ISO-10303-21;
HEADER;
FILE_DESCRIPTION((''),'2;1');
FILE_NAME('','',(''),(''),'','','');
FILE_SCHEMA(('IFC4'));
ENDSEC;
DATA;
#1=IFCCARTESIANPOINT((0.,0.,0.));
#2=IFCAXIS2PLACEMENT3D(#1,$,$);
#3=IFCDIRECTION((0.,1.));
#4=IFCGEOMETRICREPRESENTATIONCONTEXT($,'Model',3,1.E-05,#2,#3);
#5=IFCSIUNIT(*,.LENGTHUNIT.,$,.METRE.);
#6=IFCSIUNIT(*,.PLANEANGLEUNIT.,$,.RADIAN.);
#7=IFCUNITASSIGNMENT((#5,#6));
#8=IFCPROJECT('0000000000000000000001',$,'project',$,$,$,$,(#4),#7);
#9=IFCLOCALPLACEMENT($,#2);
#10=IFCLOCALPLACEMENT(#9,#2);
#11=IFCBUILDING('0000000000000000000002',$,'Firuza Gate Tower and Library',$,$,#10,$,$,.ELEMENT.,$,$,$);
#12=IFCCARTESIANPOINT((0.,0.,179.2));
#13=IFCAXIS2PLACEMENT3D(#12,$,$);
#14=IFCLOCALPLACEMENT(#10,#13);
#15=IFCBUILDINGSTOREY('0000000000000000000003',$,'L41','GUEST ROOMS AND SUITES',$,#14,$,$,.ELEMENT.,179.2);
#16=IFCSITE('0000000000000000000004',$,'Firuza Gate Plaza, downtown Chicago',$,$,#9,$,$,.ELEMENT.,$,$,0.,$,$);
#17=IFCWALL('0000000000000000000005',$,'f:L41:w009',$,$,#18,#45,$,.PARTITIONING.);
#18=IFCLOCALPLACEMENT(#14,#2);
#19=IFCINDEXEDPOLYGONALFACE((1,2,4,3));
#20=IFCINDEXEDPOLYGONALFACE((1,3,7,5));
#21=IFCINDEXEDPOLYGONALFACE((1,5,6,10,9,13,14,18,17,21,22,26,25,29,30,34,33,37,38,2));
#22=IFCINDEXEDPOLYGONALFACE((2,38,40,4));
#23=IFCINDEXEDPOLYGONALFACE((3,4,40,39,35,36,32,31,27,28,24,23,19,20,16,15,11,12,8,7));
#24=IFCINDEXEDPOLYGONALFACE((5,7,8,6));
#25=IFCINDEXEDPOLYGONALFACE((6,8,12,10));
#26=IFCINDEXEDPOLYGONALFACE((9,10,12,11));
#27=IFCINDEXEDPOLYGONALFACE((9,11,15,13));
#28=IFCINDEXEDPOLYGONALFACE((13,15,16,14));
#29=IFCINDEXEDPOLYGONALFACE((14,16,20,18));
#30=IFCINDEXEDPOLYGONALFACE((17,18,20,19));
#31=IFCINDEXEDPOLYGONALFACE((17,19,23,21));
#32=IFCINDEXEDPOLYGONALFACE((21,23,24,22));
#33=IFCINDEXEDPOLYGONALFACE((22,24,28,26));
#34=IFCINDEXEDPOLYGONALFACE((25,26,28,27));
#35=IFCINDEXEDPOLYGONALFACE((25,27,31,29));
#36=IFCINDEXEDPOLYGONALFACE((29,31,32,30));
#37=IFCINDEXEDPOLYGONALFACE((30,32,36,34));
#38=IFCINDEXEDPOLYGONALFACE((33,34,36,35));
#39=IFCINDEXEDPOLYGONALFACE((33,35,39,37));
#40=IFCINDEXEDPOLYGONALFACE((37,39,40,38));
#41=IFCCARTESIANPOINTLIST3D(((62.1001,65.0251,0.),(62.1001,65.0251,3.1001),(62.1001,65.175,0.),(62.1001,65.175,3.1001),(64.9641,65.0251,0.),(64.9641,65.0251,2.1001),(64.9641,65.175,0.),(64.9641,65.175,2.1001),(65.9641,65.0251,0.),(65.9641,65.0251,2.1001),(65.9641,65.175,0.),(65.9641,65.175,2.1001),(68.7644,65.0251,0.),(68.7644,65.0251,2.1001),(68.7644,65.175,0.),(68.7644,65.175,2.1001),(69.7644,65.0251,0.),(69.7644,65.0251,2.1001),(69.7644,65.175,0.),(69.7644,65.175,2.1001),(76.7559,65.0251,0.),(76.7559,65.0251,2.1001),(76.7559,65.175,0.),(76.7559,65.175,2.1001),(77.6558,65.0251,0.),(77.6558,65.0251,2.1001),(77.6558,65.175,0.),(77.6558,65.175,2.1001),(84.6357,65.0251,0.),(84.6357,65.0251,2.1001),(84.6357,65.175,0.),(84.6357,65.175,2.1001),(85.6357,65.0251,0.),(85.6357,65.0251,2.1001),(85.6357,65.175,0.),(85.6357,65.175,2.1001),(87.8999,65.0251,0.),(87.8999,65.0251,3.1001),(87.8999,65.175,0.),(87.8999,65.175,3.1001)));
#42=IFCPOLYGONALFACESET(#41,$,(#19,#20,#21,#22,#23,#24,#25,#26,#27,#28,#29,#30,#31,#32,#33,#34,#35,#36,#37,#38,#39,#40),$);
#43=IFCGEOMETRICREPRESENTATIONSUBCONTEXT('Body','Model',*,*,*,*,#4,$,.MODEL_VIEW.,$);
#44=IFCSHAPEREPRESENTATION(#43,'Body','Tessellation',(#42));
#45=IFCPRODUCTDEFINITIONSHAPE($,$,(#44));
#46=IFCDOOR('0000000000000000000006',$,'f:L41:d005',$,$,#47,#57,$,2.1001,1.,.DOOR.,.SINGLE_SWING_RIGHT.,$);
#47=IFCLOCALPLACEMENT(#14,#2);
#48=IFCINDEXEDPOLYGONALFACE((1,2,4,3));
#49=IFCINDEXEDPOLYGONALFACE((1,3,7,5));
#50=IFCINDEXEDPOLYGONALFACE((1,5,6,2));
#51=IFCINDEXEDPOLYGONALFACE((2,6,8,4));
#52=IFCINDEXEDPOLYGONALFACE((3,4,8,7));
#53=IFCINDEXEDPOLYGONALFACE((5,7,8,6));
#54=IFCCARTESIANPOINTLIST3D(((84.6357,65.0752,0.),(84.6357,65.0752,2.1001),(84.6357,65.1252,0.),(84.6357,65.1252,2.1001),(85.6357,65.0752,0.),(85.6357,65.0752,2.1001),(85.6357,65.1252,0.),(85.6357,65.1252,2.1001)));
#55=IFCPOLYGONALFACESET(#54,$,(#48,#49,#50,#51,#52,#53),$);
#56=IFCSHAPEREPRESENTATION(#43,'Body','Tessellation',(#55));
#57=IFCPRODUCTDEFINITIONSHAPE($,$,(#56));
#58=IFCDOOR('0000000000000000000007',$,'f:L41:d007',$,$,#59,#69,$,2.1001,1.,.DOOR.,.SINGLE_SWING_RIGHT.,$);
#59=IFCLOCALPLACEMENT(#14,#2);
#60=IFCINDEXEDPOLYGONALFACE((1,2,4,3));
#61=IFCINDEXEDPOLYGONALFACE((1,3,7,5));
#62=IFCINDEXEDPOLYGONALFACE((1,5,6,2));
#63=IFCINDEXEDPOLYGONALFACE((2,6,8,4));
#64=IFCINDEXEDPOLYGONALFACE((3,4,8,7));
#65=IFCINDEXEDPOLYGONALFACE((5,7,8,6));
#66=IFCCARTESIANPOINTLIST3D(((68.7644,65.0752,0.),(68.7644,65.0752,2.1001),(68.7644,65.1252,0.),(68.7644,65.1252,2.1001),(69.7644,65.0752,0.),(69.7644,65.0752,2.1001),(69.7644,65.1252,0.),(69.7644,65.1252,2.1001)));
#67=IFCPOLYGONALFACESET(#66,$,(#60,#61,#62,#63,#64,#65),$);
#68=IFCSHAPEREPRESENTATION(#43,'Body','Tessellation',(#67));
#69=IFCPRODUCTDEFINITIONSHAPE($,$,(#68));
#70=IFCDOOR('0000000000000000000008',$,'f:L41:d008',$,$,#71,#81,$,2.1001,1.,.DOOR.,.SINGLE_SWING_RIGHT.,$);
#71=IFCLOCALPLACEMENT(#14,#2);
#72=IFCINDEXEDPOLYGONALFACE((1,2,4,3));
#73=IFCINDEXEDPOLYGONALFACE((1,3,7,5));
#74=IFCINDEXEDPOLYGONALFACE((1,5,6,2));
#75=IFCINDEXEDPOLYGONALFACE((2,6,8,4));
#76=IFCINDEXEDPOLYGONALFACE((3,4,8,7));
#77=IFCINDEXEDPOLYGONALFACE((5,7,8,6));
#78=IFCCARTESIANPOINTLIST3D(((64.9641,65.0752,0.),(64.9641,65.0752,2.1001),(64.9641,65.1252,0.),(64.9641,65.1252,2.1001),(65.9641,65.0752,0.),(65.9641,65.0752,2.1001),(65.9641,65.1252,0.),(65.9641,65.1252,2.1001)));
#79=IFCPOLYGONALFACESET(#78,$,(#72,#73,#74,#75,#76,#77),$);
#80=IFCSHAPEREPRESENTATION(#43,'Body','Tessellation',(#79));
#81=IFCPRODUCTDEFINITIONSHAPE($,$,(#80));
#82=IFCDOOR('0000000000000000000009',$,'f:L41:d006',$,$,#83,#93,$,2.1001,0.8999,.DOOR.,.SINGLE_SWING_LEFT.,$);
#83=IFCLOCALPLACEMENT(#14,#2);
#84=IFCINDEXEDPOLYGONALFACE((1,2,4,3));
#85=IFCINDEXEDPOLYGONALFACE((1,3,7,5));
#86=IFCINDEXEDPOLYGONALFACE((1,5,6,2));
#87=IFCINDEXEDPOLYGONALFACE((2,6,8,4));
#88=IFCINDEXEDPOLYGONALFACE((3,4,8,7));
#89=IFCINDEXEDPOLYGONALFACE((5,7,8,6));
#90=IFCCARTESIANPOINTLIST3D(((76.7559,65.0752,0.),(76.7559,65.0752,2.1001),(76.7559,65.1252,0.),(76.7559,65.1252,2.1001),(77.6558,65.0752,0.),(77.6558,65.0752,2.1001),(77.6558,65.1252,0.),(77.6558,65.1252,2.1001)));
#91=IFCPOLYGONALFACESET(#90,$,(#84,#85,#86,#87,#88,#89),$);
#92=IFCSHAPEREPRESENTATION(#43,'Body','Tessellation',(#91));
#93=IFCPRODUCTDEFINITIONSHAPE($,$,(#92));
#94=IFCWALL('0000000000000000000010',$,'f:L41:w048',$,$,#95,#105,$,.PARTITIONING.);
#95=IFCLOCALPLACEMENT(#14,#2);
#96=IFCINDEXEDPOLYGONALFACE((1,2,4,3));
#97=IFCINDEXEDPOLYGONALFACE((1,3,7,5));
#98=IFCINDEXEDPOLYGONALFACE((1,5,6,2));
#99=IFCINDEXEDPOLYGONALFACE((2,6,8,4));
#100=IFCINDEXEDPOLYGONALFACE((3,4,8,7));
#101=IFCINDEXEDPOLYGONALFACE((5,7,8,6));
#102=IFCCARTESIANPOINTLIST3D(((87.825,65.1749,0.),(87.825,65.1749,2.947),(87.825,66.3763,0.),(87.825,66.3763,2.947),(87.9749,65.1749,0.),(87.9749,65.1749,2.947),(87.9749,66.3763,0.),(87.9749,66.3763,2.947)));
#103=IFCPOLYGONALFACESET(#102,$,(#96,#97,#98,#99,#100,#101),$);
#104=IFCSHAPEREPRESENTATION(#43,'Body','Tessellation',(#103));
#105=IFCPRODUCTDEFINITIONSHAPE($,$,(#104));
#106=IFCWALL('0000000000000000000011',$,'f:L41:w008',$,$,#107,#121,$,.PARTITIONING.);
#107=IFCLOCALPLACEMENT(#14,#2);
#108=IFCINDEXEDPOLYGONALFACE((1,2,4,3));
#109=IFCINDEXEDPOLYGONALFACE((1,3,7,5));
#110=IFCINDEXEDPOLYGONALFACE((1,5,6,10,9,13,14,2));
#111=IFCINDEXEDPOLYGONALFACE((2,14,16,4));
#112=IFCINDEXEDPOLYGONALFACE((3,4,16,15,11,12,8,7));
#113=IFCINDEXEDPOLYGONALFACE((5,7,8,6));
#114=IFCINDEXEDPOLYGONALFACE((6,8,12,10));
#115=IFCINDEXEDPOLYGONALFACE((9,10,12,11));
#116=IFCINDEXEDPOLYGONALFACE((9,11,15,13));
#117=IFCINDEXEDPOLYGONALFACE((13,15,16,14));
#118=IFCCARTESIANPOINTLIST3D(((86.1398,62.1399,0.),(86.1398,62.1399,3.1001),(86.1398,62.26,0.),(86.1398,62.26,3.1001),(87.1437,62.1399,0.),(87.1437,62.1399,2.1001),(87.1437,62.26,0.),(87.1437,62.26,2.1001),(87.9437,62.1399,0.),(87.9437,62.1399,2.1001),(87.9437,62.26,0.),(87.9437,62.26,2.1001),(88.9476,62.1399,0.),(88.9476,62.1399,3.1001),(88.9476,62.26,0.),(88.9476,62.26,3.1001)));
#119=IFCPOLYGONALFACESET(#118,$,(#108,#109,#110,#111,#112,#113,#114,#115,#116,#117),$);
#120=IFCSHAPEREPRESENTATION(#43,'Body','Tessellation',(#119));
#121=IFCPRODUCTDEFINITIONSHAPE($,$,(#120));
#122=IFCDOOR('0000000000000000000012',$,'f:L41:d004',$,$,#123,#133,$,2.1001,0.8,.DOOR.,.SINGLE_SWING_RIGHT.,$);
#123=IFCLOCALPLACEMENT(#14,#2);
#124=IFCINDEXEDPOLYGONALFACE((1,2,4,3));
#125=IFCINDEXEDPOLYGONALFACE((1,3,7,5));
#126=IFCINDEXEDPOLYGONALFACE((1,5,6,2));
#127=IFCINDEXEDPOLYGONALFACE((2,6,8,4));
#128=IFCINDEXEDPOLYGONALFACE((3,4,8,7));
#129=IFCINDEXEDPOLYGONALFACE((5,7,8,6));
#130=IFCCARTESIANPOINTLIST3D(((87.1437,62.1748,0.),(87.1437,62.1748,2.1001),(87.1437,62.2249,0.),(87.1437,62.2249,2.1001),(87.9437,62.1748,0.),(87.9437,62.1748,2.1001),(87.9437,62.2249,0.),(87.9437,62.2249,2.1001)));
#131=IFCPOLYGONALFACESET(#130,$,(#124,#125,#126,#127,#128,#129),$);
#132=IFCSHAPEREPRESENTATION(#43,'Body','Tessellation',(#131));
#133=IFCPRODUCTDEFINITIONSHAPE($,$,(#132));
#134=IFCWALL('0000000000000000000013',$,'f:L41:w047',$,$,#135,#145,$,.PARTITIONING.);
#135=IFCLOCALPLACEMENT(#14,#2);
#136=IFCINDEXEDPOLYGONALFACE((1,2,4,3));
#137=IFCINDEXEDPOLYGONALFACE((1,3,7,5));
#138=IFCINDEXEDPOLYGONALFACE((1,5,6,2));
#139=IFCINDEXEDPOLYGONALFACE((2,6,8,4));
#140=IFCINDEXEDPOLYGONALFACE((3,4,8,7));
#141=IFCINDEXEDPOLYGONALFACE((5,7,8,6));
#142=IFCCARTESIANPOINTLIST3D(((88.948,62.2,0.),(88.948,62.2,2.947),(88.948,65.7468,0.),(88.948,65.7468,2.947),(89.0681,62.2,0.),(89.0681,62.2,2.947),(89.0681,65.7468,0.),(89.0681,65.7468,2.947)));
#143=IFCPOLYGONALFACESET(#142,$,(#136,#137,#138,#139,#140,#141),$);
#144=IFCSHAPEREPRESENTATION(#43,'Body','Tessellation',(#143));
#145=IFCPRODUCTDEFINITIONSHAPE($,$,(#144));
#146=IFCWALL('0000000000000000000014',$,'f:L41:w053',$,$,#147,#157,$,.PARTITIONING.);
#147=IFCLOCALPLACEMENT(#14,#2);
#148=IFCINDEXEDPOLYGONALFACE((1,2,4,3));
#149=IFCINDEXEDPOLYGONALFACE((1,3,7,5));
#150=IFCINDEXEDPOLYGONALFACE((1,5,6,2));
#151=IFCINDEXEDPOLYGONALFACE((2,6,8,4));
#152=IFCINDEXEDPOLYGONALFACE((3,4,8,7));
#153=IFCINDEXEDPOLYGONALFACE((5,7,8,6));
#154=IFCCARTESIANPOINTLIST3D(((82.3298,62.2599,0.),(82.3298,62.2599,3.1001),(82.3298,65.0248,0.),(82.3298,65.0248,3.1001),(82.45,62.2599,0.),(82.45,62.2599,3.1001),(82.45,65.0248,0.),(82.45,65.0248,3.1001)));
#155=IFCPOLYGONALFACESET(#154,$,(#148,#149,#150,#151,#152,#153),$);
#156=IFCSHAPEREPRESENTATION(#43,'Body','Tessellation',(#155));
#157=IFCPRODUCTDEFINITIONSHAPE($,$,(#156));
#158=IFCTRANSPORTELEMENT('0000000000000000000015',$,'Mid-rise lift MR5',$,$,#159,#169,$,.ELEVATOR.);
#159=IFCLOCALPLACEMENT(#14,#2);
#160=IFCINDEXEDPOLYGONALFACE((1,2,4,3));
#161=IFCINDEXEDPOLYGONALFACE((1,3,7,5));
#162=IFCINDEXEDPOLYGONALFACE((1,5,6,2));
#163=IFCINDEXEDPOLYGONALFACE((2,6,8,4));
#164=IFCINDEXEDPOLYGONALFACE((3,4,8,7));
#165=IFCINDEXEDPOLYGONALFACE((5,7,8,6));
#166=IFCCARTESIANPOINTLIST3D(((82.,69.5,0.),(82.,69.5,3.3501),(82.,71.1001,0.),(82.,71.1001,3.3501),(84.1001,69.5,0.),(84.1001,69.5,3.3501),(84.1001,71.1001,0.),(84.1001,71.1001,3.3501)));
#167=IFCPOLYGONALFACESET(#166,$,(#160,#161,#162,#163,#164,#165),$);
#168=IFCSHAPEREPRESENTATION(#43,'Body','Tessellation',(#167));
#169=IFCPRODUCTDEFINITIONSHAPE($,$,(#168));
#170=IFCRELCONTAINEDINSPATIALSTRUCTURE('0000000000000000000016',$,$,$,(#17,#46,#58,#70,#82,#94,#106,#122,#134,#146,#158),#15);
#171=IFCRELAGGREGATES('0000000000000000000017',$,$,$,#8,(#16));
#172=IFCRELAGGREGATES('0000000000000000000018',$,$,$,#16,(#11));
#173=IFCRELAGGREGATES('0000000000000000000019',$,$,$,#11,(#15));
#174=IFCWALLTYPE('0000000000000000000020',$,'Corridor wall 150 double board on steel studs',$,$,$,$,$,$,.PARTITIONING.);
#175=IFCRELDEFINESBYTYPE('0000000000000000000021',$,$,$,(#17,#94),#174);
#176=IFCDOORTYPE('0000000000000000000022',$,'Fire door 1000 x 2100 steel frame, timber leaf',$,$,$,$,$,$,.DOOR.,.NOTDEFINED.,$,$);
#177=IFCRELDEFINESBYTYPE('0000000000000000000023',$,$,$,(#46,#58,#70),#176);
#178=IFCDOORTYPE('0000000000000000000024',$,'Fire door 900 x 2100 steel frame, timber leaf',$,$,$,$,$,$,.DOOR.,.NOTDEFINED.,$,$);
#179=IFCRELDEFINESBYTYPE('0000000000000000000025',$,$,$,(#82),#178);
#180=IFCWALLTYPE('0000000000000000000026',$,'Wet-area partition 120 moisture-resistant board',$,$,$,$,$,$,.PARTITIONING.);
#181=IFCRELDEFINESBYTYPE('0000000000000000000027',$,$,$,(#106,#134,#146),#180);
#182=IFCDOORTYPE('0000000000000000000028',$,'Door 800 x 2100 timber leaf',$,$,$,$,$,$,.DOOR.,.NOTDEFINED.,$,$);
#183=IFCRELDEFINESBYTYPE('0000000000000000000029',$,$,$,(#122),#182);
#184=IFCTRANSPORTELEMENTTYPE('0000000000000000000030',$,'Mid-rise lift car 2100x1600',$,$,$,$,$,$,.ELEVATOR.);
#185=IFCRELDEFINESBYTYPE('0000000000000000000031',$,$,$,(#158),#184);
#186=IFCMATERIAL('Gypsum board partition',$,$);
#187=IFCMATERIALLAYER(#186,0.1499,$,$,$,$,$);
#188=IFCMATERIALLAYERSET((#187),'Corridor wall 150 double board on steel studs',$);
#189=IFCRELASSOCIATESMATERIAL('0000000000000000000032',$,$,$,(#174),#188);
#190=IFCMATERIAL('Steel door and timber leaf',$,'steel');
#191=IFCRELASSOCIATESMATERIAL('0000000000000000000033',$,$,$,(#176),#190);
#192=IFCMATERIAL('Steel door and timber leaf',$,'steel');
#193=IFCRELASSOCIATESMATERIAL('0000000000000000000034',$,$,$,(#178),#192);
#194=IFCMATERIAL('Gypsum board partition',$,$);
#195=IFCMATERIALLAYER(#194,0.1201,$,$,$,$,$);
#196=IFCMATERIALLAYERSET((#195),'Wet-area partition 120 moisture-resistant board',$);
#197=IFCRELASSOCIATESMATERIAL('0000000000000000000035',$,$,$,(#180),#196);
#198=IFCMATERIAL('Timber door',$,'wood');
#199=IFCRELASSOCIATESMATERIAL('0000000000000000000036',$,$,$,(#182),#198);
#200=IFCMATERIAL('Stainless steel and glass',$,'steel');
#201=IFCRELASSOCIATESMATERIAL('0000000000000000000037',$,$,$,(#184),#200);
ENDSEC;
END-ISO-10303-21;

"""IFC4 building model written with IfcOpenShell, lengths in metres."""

from ifc_helpers import new_model, si_unit, direction, frame, frame_2d, origin, origin_2d, place, context, subcontext, project, spatial, rectangle, extrude, material, layer, layer_set, type_object, element, fill, save


model = new_model("IFC4")

# Units and contexts
model_context = context("Model", 3, precision=1e-05, world=origin(), true_north=direction((0.0, 1.0)))
body_context = subcontext(model_context, "Body", "Model", "MODEL_VIEW")
ifc_project = project(units=[si_unit("LENGTHUNIT", "METRE"), si_unit("PLANEANGLEUNIT", "RADIAN")], contexts=[model_context])

# Site, building, storey
site_placement = place(None, origin())
site = spatial("IfcSite", under=ifc_project, at=site_placement, Name="Firuza Gate Plaza, downtown Chicago", CompositionType="ELEMENT", RefElevation=0.0)
building_placement = place(site_placement, origin())
building = spatial("IfcBuilding", under=site, at=building_placement, Name="Firuza Gate Tower and Library", CompositionType="ELEMENT")
storey_placement = place(building_placement, frame((0.0, 0.0, 179.2)))
storey = spatial("IfcBuildingStorey", under=building, at=storey_placement, Name="L41", Description="GUEST ROOMS AND SUITES", CompositionType="ELEMENT", Elevation=179.2)

# Wall, openings, doors
ifc_material_1 = material(Name="Gypsum board partition")
ifc_layer_1 = layer(ifc_material_1, 0.1499)
ifc_layer_set_1 = layer_set([ifc_layer_1], Name="Corridor wall 150 double board on steel studs")
wall_type_1 = type_object("IfcWallType", Name="Corridor wall 150 double board on steel studs", PredefinedType="PARTITIONING", material=ifc_layer_set_1)
wall_1_placement = place(storey_placement, frame((87.8999, 65.1001, 0.0), z_axis=(0.0, 0.0, 1.0), x_axis=(-1.0, 0.0, 0.0)))
wall_1 = element("IfcWall", 1, at=wall_1_placement, inside=storey, type_object=wall_type_1, Name="f:L41:w009", PredefinedType="PARTITIONING", context=body_context, shape_type="SweptSolid", body=[
    extrude(rectangle(XDim=25.7998, YDim=0.1499, at=frame_2d((12.8999, 0.0))), origin(), (0.0, 0.0, 1.0), 3.1001),
])
opening_1_placement = place(wall_1_placement, frame((2.2642, 0.0, 0.0)))
opening_1 = element("IfcOpeningElement", 2, at=opening_1_placement, cuts=wall_1, PredefinedType="OPENING", context=body_context, shape_type="SweptSolid", body=[
    extrude(rectangle(XDim=1.0, YDim=2.1001, at=frame_2d((0.5, 1.05))), frame((0.0, 0.085, 0.0), z_axis=(0.0, -1.0, 0.0), x_axis=(1.0, 0.0, 0.0)), (0.0, 0.0, 1.0), 0.1699),
])
opening_2_placement = place(wall_1_placement, frame((10.2441, 0.0, 0.0)))
opening_2 = element("IfcOpeningElement", 3, at=opening_2_placement, cuts=wall_1, PredefinedType="OPENING", context=body_context, shape_type="SweptSolid", body=[
    extrude(rectangle(XDim=0.8999, YDim=2.1001, at=frame_2d((0.45, 1.05))), frame((0.0, 0.085, 0.0), z_axis=(0.0, -1.0, 0.0), x_axis=(1.0, 0.0, 0.0)), (0.0, 0.0, 1.0), 0.1699),
])
opening_3_placement = place(wall_1_placement, frame((18.1355, 0.0, 0.0)))
opening_3 = element("IfcOpeningElement", 4, at=opening_3_placement, cuts=wall_1, PredefinedType="OPENING", context=body_context, shape_type="SweptSolid", body=[
    extrude(rectangle(XDim=1.0, YDim=2.1001, at=frame_2d((0.5, 1.05))), frame((0.0, 0.085, 0.0), z_axis=(0.0, -1.0, 0.0), x_axis=(1.0, 0.0, 0.0)), (0.0, 0.0, 1.0), 0.1699),
])
opening_4_placement = place(wall_1_placement, frame((21.9358, 0.0, 0.0)))
opening_4 = element("IfcOpeningElement", 5, at=opening_4_placement, cuts=wall_1, PredefinedType="OPENING", context=body_context, shape_type="SweptSolid", body=[
    extrude(rectangle(XDim=1.0, YDim=2.1001, at=frame_2d((0.5, 1.05))), frame((0.0, 0.085, 0.0), z_axis=(0.0, -1.0, 0.0), x_axis=(1.0, 0.0, 0.0)), (0.0, 0.0, 1.0), 0.1699),
])
ifc_material_2 = material(Name="Steel door and timber leaf", Category="steel")
door_type_1 = type_object("IfcDoorType", Name="Fire door 1000 x 2100 steel frame, timber leaf", OperationType="NOTDEFINED", PredefinedType="DOOR", material=ifc_material_2)
door_1_placement = place(opening_1_placement, origin())
door_1 = element("IfcDoor", 6, at=door_1_placement, inside=storey, type_object=door_type_1, Name="f:L41:d005", OperationType="SINGLE_SWING_RIGHT", OverallHeight=2.1001, OverallWidth=1.0, PredefinedType="DOOR", context=body_context, shape_type="SweptSolid", body=[
    extrude(rectangle(XDim=1.0, YDim=2.1001, at=frame_2d((0.5, 1.05))), frame((0.0, 0.0249, 0.0), z_axis=(0.0, -1.0, 0.0), x_axis=(1.0, 0.0, 0.0)), (0.0, 0.0, 1.0), 0.05),
])
fill(opening_1, door_1)
door_2_placement = place(opening_3_placement, origin())
door_2 = element("IfcDoor", 7, at=door_2_placement, inside=storey, type_object=door_type_1, Name="f:L41:d007", OperationType="SINGLE_SWING_RIGHT", OverallHeight=2.1001, OverallWidth=1.0, PredefinedType="DOOR", context=body_context, shape_type="SweptSolid", body=[
    extrude(rectangle(XDim=1.0, YDim=2.1001, at=frame_2d((0.5, 1.05))), frame((0.0, 0.0249, 0.0), z_axis=(0.0, -1.0, 0.0), x_axis=(1.0, 0.0, 0.0)), (0.0, 0.0, 1.0), 0.05),
])
fill(opening_3, door_2)
door_3_placement = place(opening_4_placement, origin())
door_3 = element("IfcDoor", 8, at=door_3_placement, inside=storey, type_object=door_type_1, Name="f:L41:d008", OperationType="SINGLE_SWING_RIGHT", OverallHeight=2.1001, OverallWidth=1.0, PredefinedType="DOOR", context=body_context, shape_type="SweptSolid", body=[
    extrude(rectangle(XDim=1.0, YDim=2.1001, at=frame_2d((0.5, 1.05))), frame((0.0, 0.0249, 0.0), z_axis=(0.0, -1.0, 0.0), x_axis=(1.0, 0.0, 0.0)), (0.0, 0.0, 1.0), 0.05),
])
fill(opening_4, door_3)
ifc_material_3 = material(Name="Steel door and timber leaf", Category="steel")
door_type_2 = type_object("IfcDoorType", Name="Fire door 900 x 2100 steel frame, timber leaf", OperationType="NOTDEFINED", PredefinedType="DOOR", material=ifc_material_3)
door_4_placement = place(opening_2_placement, origin())
door_4 = element("IfcDoor", 9, at=door_4_placement, inside=storey, type_object=door_type_2, Name="f:L41:d006", OperationType="SINGLE_SWING_LEFT", OverallHeight=2.1001, OverallWidth=0.8999, PredefinedType="DOOR", context=body_context, shape_type="SweptSolid", body=[
    extrude(rectangle(XDim=0.8999, YDim=2.1001, at=frame_2d((0.45, 1.05))), frame((0.0, 0.0249, 0.0), z_axis=(0.0, -1.0, 0.0), x_axis=(1.0, 0.0, 0.0)), (0.0, 0.0, 1.0), 0.05),
])
fill(opening_2, door_4)

# Wall
wall_2_placement = place(storey_placement, frame((87.8999, 65.175, 0.0), z_axis=(0.0, 0.0, 1.0), x_axis=(0.0, 1.0, 0.0)))
element("IfcWall", 10, at=wall_2_placement, inside=storey, type_object=wall_type_1, Name="f:L41:w048", PredefinedType="PARTITIONING", context=body_context, shape_type="SweptSolid", body=[
    extrude(rectangle(XDim=1.2014, YDim=0.1499, at=frame_2d((0.6006, 0.0))), origin(), (0.0, 0.0, 1.0), 2.947),
])

# Wall, opening, door
ifc_material_4 = material(Name="Gypsum board partition")
ifc_layer_2 = layer(ifc_material_4, 0.1201)
ifc_layer_set_2 = layer_set([ifc_layer_2], Name="Wet-area partition 120 moisture-resistant board")
wall_type_2 = type_object("IfcWallType", Name="Wet-area partition 120 moisture-resistant board", PredefinedType="PARTITIONING", material=ifc_layer_set_2)
wall_3_placement = place(storey_placement, frame((86.1399, 62.2, 0.0), z_axis=(0.0, 0.0, 1.0), x_axis=(1.0, 0.0, 0.0)))
wall_3 = element("IfcWall", 11, at=wall_3_placement, inside=storey, type_object=wall_type_2, Name="f:L41:w008", PredefinedType="PARTITIONING", context=body_context, shape_type="SweptSolid", body=[
    extrude(rectangle(XDim=2.8079, YDim=0.1201, at=frame_2d((1.4038, 0.0))), origin(), (0.0, 0.0, 1.0), 3.1001),
])
opening_5_placement = place(wall_3_placement, frame((1.0039, 0.0, 0.0)))
opening_5 = element("IfcOpeningElement", 12, at=opening_5_placement, cuts=wall_3, PredefinedType="OPENING", context=body_context, shape_type="SweptSolid", body=[
    extrude(rectangle(XDim=0.8, YDim=2.1001, at=frame_2d((0.3999, 1.05))), frame((0.0, 0.0701, 0.0), z_axis=(0.0, -1.0, 0.0), x_axis=(1.0, 0.0, 0.0)), (0.0, 0.0, 1.0), 0.1401),
])
ifc_material_5 = material(Name="Timber door", Category="wood")
door_type_3 = type_object("IfcDoorType", Name="Door 800 x 2100 timber leaf", OperationType="NOTDEFINED", PredefinedType="DOOR", material=ifc_material_5)
door_5_placement = place(opening_5_placement, origin())
door_5 = element("IfcDoor", 13, at=door_5_placement, inside=storey, type_object=door_type_3, Name="f:L41:d004", OperationType="SINGLE_SWING_RIGHT", OverallHeight=2.1001, OverallWidth=0.8, PredefinedType="DOOR", context=body_context, shape_type="SweptSolid", body=[
    extrude(rectangle(XDim=0.8, YDim=2.1001, at=frame_2d((0.3999, 1.05))), frame((0.0, 0.0249, 0.0), z_axis=(0.0, -1.0, 0.0), x_axis=(1.0, 0.0, 0.0)), (0.0, 0.0, 1.0), 0.05),
])
fill(opening_5, door_5)

# Walls
wall_4_placement = place(storey_placement, frame((89.0081, 62.2, 0.0), z_axis=(0.0, 0.0, 1.0), x_axis=(0.0, 1.0, 0.0)))
element("IfcWall", 14, at=wall_4_placement, inside=storey, type_object=wall_type_2, Name="f:L41:w047", PredefinedType="PARTITIONING", context=body_context, shape_type="SweptSolid", body=[
    extrude(rectangle(XDim=3.5469, YDim=0.1201, at=frame_2d((1.7734, 0.0))), origin(), (0.0, 0.0, 1.0), 2.947),
])
wall_5_placement = place(storey_placement, frame((82.3899, 62.26, 0.0), z_axis=(0.0, 0.0, 1.0), x_axis=(0.0, 1.0, 0.0)))
element("IfcWall", 15, at=wall_5_placement, inside=storey, type_object=wall_type_2, Name="f:L41:w053", PredefinedType="PARTITIONING", context=body_context, shape_type="SweptSolid", body=[
    extrude(rectangle(XDim=2.7649, YDim=0.1201, at=frame_2d((1.3823, 0.0))), origin(), (0.0, 0.0, 1.0), 3.1001),
])

# Transport element
ifc_material_6 = material(Name="Stainless steel and glass", Category="steel")
transport_element_type = type_object("IfcTransportElementType", Name="Mid-rise lift car 2100x1600", PredefinedType="ELEVATOR", material=ifc_material_6)
transport_element_placement = place(storey_placement, frame((83.05, 70.3, 0.0), z_axis=(0.0, 0.0, 1.0), x_axis=(1.0, 0.0, 0.0)))
element("IfcTransportElement", 16, at=transport_element_placement, inside=storey, type_object=transport_element_type, Name="Mid-rise lift MR5", PredefinedType="ELEVATOR", context=body_context, shape_type="SweptSolid", body=[
    extrude(rectangle(XDim=2.1001, YDim=1.6001, at=origin_2d()), origin(), (0.0, 0.0, 1.0), 3.3501),
])

save(model, "model.ifc")
